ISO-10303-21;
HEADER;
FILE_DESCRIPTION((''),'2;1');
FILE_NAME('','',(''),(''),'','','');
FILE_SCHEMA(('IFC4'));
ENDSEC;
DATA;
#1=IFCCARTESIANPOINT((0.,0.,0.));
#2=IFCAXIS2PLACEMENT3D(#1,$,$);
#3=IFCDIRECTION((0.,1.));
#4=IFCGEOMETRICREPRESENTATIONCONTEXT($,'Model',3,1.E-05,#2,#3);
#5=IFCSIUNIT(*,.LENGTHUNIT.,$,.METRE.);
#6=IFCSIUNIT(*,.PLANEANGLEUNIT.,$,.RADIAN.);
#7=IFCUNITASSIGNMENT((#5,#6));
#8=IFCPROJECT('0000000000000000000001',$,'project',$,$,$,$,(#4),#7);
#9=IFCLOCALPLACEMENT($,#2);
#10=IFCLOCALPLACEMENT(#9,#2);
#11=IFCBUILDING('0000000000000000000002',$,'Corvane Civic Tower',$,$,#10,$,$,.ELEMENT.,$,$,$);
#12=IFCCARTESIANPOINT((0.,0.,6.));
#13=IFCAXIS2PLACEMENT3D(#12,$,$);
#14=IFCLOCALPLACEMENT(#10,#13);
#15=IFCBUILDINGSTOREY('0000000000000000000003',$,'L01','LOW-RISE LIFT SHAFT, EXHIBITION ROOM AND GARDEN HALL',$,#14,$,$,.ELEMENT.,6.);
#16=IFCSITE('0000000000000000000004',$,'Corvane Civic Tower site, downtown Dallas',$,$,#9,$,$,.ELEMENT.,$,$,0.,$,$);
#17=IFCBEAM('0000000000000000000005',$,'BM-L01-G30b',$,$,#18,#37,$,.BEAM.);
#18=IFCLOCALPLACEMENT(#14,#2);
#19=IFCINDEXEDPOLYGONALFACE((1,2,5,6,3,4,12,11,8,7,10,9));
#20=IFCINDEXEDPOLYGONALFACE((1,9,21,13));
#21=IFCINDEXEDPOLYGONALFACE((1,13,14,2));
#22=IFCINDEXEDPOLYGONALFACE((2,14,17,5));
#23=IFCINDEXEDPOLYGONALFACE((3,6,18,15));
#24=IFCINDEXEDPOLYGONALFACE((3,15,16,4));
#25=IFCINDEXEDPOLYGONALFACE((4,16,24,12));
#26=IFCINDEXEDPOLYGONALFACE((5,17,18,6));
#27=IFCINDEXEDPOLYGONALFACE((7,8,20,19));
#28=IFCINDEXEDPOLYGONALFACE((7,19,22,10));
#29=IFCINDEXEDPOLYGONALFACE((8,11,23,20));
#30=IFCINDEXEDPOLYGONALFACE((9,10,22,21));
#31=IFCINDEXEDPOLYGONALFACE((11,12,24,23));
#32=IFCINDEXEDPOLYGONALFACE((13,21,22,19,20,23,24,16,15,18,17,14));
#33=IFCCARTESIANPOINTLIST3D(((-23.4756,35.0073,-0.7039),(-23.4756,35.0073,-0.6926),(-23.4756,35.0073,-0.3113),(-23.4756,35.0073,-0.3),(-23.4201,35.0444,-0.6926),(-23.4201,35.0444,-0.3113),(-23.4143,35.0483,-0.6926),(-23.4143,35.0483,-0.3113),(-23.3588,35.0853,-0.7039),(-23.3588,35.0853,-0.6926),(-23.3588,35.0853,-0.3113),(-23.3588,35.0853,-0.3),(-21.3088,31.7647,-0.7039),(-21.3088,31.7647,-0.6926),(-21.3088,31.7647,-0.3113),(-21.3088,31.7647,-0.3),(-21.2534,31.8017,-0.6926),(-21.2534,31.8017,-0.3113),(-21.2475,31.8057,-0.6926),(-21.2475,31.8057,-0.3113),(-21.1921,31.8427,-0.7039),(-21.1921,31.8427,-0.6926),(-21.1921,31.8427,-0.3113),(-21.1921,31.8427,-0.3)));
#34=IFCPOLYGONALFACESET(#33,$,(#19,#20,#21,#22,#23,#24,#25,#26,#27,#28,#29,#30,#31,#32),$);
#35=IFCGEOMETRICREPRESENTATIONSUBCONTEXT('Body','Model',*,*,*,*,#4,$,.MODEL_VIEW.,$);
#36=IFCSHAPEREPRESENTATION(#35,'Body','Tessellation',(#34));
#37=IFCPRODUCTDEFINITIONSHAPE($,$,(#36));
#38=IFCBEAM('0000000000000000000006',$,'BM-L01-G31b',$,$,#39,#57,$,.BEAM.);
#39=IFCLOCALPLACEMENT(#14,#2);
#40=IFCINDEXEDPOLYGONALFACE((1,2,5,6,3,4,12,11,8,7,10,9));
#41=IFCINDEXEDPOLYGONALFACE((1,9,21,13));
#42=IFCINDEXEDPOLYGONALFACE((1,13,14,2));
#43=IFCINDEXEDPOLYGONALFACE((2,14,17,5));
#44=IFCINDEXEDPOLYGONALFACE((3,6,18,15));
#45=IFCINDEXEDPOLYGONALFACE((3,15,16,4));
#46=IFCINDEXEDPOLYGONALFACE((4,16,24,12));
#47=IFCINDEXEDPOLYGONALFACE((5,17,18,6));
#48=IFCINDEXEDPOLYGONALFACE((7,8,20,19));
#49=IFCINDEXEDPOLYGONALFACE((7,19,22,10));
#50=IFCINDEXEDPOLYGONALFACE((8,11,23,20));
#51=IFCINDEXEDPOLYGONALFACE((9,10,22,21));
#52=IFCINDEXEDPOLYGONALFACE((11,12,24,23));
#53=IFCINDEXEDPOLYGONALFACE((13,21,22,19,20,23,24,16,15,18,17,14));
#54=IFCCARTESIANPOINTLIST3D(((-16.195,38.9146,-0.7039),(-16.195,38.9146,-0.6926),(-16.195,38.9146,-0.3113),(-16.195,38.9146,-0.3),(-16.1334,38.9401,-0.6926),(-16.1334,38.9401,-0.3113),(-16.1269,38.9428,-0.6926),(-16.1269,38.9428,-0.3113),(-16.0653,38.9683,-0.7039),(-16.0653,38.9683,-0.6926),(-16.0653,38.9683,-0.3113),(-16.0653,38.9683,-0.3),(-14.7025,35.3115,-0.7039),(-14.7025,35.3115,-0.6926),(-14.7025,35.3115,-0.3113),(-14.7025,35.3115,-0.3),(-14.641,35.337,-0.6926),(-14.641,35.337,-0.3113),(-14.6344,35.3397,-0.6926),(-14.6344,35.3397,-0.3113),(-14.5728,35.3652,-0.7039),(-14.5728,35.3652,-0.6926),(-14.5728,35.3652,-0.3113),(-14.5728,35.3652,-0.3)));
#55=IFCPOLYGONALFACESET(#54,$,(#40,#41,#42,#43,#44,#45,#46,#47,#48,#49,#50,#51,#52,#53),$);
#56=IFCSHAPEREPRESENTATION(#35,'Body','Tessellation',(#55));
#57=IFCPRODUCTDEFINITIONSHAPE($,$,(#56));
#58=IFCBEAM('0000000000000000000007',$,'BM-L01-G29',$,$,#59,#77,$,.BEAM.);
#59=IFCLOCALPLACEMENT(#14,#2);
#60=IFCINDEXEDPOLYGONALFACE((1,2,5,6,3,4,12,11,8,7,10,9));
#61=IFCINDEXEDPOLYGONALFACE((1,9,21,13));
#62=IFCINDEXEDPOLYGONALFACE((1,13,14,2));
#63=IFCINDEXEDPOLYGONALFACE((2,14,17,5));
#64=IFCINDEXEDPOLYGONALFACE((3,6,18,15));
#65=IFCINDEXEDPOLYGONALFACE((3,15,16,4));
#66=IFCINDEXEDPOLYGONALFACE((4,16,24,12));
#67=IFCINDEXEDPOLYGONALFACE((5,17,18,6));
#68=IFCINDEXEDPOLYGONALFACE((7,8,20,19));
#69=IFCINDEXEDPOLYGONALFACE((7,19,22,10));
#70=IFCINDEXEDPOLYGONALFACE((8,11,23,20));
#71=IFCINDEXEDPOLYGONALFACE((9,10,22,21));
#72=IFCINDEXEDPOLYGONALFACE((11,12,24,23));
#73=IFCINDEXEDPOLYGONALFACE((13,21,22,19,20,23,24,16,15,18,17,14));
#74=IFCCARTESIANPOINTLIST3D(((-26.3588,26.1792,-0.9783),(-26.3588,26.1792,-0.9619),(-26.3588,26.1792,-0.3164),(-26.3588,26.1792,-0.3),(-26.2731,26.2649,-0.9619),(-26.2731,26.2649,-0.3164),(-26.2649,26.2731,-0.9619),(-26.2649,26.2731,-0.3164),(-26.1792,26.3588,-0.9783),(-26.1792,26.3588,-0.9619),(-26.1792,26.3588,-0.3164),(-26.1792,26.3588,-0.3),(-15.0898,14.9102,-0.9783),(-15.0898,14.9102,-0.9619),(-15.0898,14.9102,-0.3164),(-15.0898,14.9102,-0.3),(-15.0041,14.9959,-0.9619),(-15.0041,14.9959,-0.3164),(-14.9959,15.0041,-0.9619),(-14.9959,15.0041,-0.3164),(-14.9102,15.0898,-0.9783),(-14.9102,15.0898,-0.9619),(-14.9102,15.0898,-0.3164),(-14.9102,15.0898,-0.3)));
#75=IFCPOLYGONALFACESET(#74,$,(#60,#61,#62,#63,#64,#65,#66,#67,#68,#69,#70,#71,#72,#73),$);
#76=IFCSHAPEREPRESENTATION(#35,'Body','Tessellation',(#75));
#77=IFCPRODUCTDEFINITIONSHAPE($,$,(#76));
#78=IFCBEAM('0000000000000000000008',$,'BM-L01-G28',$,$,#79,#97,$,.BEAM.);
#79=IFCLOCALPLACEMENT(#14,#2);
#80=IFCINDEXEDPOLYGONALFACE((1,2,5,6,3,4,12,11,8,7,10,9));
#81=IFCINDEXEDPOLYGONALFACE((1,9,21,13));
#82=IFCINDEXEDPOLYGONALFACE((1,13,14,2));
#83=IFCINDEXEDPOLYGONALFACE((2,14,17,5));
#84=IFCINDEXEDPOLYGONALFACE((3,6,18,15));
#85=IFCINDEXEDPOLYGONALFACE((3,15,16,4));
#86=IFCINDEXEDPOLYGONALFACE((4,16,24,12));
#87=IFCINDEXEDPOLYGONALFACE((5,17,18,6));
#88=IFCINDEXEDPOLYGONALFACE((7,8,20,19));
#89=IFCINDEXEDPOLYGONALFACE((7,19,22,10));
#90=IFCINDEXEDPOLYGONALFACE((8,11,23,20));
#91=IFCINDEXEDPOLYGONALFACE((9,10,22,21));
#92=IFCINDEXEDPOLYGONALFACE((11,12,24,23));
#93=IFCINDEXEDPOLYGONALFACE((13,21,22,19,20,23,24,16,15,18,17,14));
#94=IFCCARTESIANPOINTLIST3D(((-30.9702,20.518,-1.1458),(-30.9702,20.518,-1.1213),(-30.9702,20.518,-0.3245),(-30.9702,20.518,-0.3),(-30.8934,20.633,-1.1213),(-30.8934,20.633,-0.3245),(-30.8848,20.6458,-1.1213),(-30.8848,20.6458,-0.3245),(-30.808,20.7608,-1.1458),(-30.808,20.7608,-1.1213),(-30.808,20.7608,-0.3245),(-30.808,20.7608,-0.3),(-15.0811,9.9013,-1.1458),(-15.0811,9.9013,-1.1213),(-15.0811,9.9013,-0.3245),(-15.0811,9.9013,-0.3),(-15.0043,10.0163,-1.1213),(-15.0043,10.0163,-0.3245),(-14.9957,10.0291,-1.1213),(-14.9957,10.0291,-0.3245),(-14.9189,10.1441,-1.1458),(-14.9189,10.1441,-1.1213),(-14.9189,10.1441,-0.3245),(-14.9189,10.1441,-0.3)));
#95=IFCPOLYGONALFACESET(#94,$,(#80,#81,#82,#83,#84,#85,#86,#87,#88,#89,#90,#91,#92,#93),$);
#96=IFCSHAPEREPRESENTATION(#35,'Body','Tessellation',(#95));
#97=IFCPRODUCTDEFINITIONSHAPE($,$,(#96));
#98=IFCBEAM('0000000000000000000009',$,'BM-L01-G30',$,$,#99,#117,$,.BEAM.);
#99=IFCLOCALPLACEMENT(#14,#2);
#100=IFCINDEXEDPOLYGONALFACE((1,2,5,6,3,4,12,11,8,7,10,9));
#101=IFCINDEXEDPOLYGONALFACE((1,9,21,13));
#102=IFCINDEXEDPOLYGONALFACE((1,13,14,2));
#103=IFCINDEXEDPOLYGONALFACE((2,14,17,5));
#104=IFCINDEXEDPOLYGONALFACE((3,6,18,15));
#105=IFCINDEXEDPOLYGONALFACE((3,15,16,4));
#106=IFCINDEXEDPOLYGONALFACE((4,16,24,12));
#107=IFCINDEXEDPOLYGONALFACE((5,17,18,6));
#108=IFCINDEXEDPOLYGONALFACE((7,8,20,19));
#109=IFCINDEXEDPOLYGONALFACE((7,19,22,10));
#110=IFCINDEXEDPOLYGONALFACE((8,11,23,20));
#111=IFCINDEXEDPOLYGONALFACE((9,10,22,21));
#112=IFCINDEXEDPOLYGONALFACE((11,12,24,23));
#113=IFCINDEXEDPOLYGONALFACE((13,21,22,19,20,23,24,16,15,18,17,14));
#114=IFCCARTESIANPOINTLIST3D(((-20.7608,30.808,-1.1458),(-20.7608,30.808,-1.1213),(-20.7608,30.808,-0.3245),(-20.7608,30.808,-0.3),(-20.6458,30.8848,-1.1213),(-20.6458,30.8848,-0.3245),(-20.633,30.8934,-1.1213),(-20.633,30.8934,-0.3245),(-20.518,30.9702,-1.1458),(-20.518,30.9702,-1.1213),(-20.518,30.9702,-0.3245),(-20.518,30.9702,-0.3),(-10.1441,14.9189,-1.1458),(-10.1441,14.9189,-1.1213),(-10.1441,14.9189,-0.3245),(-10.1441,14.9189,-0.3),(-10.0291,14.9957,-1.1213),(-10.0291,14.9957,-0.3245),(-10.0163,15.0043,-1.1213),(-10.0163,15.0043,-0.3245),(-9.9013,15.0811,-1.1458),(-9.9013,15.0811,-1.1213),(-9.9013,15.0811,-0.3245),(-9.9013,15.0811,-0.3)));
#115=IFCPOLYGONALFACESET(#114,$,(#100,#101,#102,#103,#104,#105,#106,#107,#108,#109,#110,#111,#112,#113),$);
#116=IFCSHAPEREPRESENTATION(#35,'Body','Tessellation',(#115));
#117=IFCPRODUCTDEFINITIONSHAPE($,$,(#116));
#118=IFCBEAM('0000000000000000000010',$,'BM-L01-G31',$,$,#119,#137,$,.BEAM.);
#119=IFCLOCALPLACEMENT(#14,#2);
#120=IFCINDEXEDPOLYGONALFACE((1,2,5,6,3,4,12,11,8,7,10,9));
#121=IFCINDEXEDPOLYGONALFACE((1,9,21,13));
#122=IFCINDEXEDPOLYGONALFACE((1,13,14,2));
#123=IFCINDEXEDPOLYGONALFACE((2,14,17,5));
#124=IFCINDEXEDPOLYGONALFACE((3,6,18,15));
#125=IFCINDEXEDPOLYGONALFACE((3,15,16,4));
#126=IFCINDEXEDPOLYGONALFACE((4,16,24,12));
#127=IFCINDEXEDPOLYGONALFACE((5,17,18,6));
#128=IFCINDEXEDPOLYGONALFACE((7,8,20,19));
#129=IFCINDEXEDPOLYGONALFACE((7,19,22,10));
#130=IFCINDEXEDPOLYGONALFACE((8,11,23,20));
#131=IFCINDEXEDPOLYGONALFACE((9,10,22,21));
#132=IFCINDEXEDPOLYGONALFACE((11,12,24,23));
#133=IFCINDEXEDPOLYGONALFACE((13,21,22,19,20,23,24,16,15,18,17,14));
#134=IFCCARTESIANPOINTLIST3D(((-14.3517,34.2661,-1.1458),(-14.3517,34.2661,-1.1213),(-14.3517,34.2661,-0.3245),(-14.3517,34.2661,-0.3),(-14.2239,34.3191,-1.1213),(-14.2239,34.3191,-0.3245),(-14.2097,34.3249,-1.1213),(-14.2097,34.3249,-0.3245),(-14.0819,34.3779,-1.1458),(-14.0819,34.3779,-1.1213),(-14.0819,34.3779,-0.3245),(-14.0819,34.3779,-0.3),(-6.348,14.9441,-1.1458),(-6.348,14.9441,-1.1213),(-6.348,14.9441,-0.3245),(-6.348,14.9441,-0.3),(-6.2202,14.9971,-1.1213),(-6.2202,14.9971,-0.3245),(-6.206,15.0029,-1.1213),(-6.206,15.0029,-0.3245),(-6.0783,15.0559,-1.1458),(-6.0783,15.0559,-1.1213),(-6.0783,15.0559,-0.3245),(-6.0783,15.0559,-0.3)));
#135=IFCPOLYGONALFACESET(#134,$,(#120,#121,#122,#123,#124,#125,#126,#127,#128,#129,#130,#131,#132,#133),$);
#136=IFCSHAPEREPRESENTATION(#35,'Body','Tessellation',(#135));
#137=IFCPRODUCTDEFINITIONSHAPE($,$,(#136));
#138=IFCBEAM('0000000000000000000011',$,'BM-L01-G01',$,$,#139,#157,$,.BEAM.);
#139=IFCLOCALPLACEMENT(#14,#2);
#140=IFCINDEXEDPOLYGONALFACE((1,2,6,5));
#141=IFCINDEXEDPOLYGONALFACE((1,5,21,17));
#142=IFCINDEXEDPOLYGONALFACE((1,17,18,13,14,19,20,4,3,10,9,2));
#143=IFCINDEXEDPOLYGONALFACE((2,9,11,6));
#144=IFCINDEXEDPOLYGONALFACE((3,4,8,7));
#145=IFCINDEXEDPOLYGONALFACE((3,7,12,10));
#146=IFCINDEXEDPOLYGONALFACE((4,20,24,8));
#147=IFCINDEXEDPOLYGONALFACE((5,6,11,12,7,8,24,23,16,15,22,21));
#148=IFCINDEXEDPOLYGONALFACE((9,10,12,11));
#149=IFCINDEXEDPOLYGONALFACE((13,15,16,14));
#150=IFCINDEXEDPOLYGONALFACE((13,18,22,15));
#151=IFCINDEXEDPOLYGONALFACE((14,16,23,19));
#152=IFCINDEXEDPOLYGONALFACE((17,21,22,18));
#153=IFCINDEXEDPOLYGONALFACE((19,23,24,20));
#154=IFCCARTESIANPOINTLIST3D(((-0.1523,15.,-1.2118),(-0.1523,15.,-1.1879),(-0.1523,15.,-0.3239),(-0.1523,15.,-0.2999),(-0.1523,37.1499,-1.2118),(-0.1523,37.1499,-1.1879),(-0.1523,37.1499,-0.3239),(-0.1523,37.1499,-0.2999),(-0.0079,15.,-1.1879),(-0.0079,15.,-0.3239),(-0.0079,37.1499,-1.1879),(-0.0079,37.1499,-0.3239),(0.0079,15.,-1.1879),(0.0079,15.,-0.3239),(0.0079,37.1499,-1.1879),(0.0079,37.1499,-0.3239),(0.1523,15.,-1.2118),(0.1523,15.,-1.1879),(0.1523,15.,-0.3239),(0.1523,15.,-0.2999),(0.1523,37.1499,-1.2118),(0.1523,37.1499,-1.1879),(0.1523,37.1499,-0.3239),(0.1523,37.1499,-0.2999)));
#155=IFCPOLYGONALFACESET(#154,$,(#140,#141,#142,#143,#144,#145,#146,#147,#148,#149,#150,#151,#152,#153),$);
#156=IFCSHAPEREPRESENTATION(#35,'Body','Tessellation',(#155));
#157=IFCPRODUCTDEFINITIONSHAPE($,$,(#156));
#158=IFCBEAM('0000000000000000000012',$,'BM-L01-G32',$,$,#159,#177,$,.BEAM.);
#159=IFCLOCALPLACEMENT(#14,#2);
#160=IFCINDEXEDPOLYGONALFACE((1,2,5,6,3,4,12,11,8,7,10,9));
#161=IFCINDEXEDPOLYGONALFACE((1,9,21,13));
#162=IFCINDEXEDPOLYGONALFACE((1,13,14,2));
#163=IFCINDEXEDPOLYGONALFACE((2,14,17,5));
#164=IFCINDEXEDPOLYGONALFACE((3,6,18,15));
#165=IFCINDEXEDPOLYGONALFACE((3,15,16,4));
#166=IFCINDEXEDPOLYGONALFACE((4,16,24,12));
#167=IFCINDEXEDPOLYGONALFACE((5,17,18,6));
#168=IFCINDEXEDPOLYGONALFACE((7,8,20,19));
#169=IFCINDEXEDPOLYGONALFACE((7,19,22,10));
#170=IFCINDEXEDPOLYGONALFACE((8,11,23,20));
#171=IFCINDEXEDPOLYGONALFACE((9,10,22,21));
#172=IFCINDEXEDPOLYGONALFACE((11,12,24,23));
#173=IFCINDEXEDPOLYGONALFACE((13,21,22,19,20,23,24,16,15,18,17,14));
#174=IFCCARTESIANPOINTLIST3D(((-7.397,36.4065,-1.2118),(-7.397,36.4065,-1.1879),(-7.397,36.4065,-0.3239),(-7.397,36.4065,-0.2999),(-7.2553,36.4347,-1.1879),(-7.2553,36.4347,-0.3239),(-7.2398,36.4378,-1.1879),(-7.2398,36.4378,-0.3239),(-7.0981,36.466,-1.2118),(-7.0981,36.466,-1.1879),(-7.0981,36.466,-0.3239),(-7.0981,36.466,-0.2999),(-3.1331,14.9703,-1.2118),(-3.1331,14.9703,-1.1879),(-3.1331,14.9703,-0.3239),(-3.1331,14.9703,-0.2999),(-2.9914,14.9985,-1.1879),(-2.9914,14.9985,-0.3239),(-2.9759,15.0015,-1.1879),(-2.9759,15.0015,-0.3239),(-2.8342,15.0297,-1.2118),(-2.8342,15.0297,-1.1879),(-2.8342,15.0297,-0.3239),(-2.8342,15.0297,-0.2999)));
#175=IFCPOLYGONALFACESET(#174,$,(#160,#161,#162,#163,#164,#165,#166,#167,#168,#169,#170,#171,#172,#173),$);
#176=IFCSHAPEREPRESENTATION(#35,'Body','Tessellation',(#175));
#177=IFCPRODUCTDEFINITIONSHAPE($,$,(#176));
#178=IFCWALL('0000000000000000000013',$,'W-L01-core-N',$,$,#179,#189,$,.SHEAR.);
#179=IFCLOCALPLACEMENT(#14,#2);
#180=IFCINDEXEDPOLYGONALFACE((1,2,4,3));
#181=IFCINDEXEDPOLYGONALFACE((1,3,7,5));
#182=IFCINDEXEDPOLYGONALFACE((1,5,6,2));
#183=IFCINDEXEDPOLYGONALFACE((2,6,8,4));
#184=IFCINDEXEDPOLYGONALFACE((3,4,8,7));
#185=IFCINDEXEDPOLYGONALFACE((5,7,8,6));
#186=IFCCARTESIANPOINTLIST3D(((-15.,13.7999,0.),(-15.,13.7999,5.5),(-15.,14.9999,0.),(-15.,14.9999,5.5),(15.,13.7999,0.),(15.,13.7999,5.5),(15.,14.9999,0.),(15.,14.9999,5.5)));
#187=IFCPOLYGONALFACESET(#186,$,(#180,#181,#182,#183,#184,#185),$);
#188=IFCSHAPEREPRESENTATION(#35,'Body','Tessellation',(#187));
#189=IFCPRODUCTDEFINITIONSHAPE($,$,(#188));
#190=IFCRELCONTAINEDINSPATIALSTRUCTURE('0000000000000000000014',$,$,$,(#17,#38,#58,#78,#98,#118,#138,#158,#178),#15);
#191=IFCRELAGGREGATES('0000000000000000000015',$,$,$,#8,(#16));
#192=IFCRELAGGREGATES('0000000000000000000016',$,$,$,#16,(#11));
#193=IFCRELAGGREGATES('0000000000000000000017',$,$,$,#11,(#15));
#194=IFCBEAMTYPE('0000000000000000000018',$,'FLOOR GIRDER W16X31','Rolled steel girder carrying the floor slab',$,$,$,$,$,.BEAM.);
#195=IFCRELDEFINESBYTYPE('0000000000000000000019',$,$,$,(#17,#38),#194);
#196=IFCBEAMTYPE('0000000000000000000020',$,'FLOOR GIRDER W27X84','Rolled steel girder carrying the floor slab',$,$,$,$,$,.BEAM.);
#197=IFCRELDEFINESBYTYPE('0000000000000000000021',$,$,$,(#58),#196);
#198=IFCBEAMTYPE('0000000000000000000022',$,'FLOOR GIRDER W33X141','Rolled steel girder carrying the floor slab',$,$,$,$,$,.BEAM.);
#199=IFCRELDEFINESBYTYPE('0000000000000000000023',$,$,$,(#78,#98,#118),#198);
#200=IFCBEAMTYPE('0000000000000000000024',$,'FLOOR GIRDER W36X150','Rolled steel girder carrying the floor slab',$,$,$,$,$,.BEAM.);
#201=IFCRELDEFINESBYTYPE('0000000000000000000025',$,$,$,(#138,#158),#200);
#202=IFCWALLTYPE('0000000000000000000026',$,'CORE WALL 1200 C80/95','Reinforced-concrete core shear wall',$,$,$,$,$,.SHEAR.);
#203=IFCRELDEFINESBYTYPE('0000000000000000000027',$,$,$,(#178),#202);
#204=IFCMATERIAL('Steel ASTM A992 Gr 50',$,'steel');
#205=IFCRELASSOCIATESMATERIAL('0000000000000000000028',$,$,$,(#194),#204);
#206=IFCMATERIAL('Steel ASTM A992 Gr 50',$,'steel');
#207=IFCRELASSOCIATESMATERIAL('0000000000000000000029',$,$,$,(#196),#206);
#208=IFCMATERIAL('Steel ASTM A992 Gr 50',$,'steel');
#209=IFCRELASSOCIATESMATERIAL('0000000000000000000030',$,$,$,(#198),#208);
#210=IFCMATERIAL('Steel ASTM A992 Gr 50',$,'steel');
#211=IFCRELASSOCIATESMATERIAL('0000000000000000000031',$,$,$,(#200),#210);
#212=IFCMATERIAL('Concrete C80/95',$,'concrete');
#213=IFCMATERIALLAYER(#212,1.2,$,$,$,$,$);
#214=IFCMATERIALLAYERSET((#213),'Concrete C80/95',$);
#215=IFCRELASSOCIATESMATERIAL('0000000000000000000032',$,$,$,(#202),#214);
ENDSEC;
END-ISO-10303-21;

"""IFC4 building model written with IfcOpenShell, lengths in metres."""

from ifc_helpers import new_model, si_unit, direction, frame, frame_2d, origin, origin_2d, place, context, subcontext, project, spatial, rectangle, i_section, extrude, material, layer, layer_set, material_profile, profile_set, type_object, element, save


model = new_model("IFC4")

# Units and contexts
model_context = context("Model", 3, precision=1e-05, world=origin(), true_north=direction((0.0, 1.0)))
body_context = subcontext(model_context, "Body", "Model", "MODEL_VIEW")
ifc_project = project(units=[si_unit("LENGTHUNIT", "METRE"), si_unit("PLANEANGLEUNIT", "RADIAN")], contexts=[model_context])

# Site, building, storey
site_placement = place(None, origin())
site = spatial("IfcSite", under=ifc_project, at=site_placement, Name="Corvane Civic Tower site, downtown Dallas", CompositionType="ELEMENT", RefElevation=0.0)
building_placement = place(site_placement, origin())
building = spatial("IfcBuilding", under=site, at=building_placement, Name="Corvane Civic Tower", CompositionType="ELEMENT")
storey_placement = place(building_placement, frame((0.0, 0.0, 6.0)))
storey = spatial("IfcBuildingStorey", under=building, at=storey_placement, Name="L01", Description="LOW-RISE LIFT SHAFT, EXHIBITION ROOM AND GARDEN HALL", CompositionType="ELEMENT", Elevation=6.0)

# Beams
ifc_material_1 = material(Name="Steel ASTM A992 Gr 50", Category="steel")
ifc_material_profile_1 = material_profile(ifc_material_1, i_section(OverallWidth=0.1404, OverallDepth=0.4038, WebThickness=0.0071, FlangeThickness=0.0112, at=origin_2d()), Name="W16X31")
ifc_profile_set_1 = profile_set([ifc_material_profile_1], Name="Steel ASTM A992 Gr 50")
beam_type_1 = type_object("IfcBeamType", Name="FLOOR GIRDER W16X31", Description="Rolled steel girder carrying the floor slab", PredefinedType="BEAM", material=ifc_profile_set_1)
for number, where, z_axis, x_axis, name in (
    (1, (-21.2505, 31.8037, -0.502), (-0.555581, 0.831462, 0.0), (-0.831462, -0.555581, 0.0), "BM-L01-G30b"),
    (2, (-14.6377, 35.3384, -0.502), (-0.382685, 0.923879, 0.0), (-0.923879, -0.382685, 0.0), "BM-L01-G31b"),
):
    element("IfcBeam", number, at=place(storey_placement, frame(where, z_axis=z_axis, x_axis=x_axis)), inside=storey, type_object=beam_type_1, Name=name, PredefinedType="BEAM", context=body_context, shape_type="SweptSolid", body=[
        extrude(i_section(OverallWidth=0.1404, OverallDepth=0.4038, WebThickness=0.0071, FlangeThickness=0.0112, at=origin_2d()), origin(), (0.0, 0.0, 1.0), 3.8999),
    ])
ifc_material_2 = material(Name="Steel ASTM A992 Gr 50", Category="steel")
ifc_material_profile_2 = material_profile(ifc_material_2, i_section(OverallWidth=0.2539, OverallDepth=0.6782, WebThickness=0.0117, FlangeThickness=0.0164, at=origin_2d()), Name="W27X84")
ifc_profile_set_2 = profile_set([ifc_material_profile_2], Name="Steel ASTM A992 Gr 50")
beam_type_2 = type_object("IfcBeamType", Name="FLOOR GIRDER W27X84", Description="Rolled steel girder carrying the floor slab", PredefinedType="BEAM", material=ifc_profile_set_2)
beam_1_placement = place(storey_placement, frame((-15.0, 15.0, -0.6392), z_axis=(-0.707107, 0.707107, 0.0), x_axis=(-0.707107, -0.707107, 0.0)))
element("IfcBeam", 3, at=beam_1_placement, inside=storey, type_object=beam_type_2, Name="BM-L01-G29", PredefinedType="BEAM", context=body_context, shape_type="SweptSolid", body=[
    extrude(i_section(OverallWidth=0.2539, OverallDepth=0.6782, WebThickness=0.0117, FlangeThickness=0.0164, at=origin_2d()), origin(), (0.0, 0.0, 1.0), 15.9368),
])
ifc_material_3 = material(Name="Steel ASTM A992 Gr 50", Category="steel")
ifc_material_profile_3 = material_profile(ifc_material_3, i_section(OverallWidth=0.292, OverallDepth=0.8457, WebThickness=0.0154, FlangeThickness=0.0244, at=origin_2d()), Name="W33X141")
ifc_profile_set_3 = profile_set([ifc_material_profile_3], Name="Steel ASTM A992 Gr 50")
beam_type_3 = type_object("IfcBeamType", Name="FLOOR GIRDER W33X141", Description="Rolled steel girder carrying the floor slab", PredefinedType="BEAM", material=ifc_profile_set_3)
for number, where, z_axis, x_axis, name in (
    (4, (-15.0, 10.0227, -0.7229), (-0.831472, 0.555567, 0.0), (-0.555567, -0.831472, 0.0), "BM-L01-G28"),
    (5, (-10.0227, 15.0, -0.7229), (-0.555567, 0.831472, 0.0), (-0.831472, -0.555567, 0.0), "BM-L01-G30"),
):
    element("IfcBeam", number, at=place(storey_placement, frame(where, z_axis=z_axis, x_axis=x_axis)), inside=storey, type_object=beam_type_3, Name=name, PredefinedType="BEAM", context=body_context, shape_type="SweptSolid", body=[
        extrude(i_section(OverallWidth=0.292, OverallDepth=0.8457, WebThickness=0.0154, FlangeThickness=0.0244, at=origin_2d()), origin(), (0.0, 0.0, 1.0), 19.1096),
    ])
beam_2_placement = place(storey_placement, frame((-6.2131, 15.0, -0.7229), z_axis=(-0.382692, 0.923876, 0.0), x_axis=(-0.923876, -0.382692, 0.0)))
element("IfcBeam", 6, at=beam_2_placement, inside=storey, type_object=beam_type_3, Name="BM-L01-G31", PredefinedType="BEAM", context=body_context, shape_type="SweptSolid", body=[
    extrude(i_section(OverallWidth=0.292, OverallDepth=0.8457, WebThickness=0.0154, FlangeThickness=0.0244, at=origin_2d()), origin(), (0.0, 0.0, 1.0), 20.9141),
])
ifc_material_4 = material(Name="Steel ASTM A992 Gr 50", Category="steel")
ifc_material_profile_4 = material_profile(ifc_material_4, i_section(OverallWidth=0.3047, OverallDepth=0.9119, WebThickness=0.0159, FlangeThickness=0.0239, at=origin_2d()), Name="W36X150")
ifc_profile_set_4 = profile_set([ifc_material_profile_4], Name="Steel ASTM A992 Gr 50")
beam_type_4 = type_object("IfcBeamType", Name="FLOOR GIRDER W36X150", Description="Rolled steel girder carrying the floor slab", PredefinedType="BEAM", material=ifc_profile_set_4)
beam_3_placement = place(storey_placement, frame((0.0, 15.0, -0.7559), z_axis=(0.0, 1.0, 0.0), x_axis=(-1.0, 0.0, 0.0)))
element("IfcBeam", 7, at=beam_3_placement, inside=storey, type_object=beam_type_4, Name="BM-L01-G01", PredefinedType="BEAM", context=body_context, shape_type="SweptSolid", body=[
    extrude(i_section(OverallWidth=0.3047, OverallDepth=0.9119, WebThickness=0.0159, FlangeThickness=0.0239, at=origin_2d()), origin(), (0.0, 0.0, 1.0), 22.1499),
])
beam_4_placement = place(storey_placement, frame((-2.9836, 15.0, -0.7559), z_axis=(-0.195089, 0.980785, 0.0), x_axis=(-0.980785, -0.195089, 0.0)))
element("IfcBeam", 8, at=beam_4_placement, inside=storey, type_object=beam_type_4, Name="BM-L01-G32", PredefinedType="BEAM", context=body_context, shape_type="SweptSolid", body=[
    extrude(i_section(OverallWidth=0.3047, OverallDepth=0.9119, WebThickness=0.0159, FlangeThickness=0.0239, at=origin_2d()), origin(), (0.0, 0.0, 1.0), 21.8562),
])

# Wall
ifc_material_5 = material(Name="Concrete C80/95", Category="concrete")
ifc_layer_1 = layer(ifc_material_5, 1.2)
ifc_layer_set_1 = layer_set([ifc_layer_1], Name="Concrete C80/95")
wall_type_1 = type_object("IfcWallType", Name="CORE WALL 1200 C80/95", Description="Reinforced-concrete core shear wall", PredefinedType="SHEAR", material=ifc_layer_set_1)
wall_1_placement = place(storey_placement, frame((-15.0, 14.3999, 0.0), z_axis=(0.0, 0.0, 1.0), x_axis=(1.0, 0.0, 0.0)))
element("IfcWall", 9, at=wall_1_placement, inside=storey, type_object=wall_type_1, Name="W-L01-core-N", PredefinedType="SHEAR", context=body_context, shape_type="SweptSolid", body=[
    extrude(rectangle(XDim=30.0, YDim=1.2, at=frame_2d((15.0, 0.0))), origin(), (0.0, 0.0, 1.0), 5.5),
])

save(model, "model.ifc")
